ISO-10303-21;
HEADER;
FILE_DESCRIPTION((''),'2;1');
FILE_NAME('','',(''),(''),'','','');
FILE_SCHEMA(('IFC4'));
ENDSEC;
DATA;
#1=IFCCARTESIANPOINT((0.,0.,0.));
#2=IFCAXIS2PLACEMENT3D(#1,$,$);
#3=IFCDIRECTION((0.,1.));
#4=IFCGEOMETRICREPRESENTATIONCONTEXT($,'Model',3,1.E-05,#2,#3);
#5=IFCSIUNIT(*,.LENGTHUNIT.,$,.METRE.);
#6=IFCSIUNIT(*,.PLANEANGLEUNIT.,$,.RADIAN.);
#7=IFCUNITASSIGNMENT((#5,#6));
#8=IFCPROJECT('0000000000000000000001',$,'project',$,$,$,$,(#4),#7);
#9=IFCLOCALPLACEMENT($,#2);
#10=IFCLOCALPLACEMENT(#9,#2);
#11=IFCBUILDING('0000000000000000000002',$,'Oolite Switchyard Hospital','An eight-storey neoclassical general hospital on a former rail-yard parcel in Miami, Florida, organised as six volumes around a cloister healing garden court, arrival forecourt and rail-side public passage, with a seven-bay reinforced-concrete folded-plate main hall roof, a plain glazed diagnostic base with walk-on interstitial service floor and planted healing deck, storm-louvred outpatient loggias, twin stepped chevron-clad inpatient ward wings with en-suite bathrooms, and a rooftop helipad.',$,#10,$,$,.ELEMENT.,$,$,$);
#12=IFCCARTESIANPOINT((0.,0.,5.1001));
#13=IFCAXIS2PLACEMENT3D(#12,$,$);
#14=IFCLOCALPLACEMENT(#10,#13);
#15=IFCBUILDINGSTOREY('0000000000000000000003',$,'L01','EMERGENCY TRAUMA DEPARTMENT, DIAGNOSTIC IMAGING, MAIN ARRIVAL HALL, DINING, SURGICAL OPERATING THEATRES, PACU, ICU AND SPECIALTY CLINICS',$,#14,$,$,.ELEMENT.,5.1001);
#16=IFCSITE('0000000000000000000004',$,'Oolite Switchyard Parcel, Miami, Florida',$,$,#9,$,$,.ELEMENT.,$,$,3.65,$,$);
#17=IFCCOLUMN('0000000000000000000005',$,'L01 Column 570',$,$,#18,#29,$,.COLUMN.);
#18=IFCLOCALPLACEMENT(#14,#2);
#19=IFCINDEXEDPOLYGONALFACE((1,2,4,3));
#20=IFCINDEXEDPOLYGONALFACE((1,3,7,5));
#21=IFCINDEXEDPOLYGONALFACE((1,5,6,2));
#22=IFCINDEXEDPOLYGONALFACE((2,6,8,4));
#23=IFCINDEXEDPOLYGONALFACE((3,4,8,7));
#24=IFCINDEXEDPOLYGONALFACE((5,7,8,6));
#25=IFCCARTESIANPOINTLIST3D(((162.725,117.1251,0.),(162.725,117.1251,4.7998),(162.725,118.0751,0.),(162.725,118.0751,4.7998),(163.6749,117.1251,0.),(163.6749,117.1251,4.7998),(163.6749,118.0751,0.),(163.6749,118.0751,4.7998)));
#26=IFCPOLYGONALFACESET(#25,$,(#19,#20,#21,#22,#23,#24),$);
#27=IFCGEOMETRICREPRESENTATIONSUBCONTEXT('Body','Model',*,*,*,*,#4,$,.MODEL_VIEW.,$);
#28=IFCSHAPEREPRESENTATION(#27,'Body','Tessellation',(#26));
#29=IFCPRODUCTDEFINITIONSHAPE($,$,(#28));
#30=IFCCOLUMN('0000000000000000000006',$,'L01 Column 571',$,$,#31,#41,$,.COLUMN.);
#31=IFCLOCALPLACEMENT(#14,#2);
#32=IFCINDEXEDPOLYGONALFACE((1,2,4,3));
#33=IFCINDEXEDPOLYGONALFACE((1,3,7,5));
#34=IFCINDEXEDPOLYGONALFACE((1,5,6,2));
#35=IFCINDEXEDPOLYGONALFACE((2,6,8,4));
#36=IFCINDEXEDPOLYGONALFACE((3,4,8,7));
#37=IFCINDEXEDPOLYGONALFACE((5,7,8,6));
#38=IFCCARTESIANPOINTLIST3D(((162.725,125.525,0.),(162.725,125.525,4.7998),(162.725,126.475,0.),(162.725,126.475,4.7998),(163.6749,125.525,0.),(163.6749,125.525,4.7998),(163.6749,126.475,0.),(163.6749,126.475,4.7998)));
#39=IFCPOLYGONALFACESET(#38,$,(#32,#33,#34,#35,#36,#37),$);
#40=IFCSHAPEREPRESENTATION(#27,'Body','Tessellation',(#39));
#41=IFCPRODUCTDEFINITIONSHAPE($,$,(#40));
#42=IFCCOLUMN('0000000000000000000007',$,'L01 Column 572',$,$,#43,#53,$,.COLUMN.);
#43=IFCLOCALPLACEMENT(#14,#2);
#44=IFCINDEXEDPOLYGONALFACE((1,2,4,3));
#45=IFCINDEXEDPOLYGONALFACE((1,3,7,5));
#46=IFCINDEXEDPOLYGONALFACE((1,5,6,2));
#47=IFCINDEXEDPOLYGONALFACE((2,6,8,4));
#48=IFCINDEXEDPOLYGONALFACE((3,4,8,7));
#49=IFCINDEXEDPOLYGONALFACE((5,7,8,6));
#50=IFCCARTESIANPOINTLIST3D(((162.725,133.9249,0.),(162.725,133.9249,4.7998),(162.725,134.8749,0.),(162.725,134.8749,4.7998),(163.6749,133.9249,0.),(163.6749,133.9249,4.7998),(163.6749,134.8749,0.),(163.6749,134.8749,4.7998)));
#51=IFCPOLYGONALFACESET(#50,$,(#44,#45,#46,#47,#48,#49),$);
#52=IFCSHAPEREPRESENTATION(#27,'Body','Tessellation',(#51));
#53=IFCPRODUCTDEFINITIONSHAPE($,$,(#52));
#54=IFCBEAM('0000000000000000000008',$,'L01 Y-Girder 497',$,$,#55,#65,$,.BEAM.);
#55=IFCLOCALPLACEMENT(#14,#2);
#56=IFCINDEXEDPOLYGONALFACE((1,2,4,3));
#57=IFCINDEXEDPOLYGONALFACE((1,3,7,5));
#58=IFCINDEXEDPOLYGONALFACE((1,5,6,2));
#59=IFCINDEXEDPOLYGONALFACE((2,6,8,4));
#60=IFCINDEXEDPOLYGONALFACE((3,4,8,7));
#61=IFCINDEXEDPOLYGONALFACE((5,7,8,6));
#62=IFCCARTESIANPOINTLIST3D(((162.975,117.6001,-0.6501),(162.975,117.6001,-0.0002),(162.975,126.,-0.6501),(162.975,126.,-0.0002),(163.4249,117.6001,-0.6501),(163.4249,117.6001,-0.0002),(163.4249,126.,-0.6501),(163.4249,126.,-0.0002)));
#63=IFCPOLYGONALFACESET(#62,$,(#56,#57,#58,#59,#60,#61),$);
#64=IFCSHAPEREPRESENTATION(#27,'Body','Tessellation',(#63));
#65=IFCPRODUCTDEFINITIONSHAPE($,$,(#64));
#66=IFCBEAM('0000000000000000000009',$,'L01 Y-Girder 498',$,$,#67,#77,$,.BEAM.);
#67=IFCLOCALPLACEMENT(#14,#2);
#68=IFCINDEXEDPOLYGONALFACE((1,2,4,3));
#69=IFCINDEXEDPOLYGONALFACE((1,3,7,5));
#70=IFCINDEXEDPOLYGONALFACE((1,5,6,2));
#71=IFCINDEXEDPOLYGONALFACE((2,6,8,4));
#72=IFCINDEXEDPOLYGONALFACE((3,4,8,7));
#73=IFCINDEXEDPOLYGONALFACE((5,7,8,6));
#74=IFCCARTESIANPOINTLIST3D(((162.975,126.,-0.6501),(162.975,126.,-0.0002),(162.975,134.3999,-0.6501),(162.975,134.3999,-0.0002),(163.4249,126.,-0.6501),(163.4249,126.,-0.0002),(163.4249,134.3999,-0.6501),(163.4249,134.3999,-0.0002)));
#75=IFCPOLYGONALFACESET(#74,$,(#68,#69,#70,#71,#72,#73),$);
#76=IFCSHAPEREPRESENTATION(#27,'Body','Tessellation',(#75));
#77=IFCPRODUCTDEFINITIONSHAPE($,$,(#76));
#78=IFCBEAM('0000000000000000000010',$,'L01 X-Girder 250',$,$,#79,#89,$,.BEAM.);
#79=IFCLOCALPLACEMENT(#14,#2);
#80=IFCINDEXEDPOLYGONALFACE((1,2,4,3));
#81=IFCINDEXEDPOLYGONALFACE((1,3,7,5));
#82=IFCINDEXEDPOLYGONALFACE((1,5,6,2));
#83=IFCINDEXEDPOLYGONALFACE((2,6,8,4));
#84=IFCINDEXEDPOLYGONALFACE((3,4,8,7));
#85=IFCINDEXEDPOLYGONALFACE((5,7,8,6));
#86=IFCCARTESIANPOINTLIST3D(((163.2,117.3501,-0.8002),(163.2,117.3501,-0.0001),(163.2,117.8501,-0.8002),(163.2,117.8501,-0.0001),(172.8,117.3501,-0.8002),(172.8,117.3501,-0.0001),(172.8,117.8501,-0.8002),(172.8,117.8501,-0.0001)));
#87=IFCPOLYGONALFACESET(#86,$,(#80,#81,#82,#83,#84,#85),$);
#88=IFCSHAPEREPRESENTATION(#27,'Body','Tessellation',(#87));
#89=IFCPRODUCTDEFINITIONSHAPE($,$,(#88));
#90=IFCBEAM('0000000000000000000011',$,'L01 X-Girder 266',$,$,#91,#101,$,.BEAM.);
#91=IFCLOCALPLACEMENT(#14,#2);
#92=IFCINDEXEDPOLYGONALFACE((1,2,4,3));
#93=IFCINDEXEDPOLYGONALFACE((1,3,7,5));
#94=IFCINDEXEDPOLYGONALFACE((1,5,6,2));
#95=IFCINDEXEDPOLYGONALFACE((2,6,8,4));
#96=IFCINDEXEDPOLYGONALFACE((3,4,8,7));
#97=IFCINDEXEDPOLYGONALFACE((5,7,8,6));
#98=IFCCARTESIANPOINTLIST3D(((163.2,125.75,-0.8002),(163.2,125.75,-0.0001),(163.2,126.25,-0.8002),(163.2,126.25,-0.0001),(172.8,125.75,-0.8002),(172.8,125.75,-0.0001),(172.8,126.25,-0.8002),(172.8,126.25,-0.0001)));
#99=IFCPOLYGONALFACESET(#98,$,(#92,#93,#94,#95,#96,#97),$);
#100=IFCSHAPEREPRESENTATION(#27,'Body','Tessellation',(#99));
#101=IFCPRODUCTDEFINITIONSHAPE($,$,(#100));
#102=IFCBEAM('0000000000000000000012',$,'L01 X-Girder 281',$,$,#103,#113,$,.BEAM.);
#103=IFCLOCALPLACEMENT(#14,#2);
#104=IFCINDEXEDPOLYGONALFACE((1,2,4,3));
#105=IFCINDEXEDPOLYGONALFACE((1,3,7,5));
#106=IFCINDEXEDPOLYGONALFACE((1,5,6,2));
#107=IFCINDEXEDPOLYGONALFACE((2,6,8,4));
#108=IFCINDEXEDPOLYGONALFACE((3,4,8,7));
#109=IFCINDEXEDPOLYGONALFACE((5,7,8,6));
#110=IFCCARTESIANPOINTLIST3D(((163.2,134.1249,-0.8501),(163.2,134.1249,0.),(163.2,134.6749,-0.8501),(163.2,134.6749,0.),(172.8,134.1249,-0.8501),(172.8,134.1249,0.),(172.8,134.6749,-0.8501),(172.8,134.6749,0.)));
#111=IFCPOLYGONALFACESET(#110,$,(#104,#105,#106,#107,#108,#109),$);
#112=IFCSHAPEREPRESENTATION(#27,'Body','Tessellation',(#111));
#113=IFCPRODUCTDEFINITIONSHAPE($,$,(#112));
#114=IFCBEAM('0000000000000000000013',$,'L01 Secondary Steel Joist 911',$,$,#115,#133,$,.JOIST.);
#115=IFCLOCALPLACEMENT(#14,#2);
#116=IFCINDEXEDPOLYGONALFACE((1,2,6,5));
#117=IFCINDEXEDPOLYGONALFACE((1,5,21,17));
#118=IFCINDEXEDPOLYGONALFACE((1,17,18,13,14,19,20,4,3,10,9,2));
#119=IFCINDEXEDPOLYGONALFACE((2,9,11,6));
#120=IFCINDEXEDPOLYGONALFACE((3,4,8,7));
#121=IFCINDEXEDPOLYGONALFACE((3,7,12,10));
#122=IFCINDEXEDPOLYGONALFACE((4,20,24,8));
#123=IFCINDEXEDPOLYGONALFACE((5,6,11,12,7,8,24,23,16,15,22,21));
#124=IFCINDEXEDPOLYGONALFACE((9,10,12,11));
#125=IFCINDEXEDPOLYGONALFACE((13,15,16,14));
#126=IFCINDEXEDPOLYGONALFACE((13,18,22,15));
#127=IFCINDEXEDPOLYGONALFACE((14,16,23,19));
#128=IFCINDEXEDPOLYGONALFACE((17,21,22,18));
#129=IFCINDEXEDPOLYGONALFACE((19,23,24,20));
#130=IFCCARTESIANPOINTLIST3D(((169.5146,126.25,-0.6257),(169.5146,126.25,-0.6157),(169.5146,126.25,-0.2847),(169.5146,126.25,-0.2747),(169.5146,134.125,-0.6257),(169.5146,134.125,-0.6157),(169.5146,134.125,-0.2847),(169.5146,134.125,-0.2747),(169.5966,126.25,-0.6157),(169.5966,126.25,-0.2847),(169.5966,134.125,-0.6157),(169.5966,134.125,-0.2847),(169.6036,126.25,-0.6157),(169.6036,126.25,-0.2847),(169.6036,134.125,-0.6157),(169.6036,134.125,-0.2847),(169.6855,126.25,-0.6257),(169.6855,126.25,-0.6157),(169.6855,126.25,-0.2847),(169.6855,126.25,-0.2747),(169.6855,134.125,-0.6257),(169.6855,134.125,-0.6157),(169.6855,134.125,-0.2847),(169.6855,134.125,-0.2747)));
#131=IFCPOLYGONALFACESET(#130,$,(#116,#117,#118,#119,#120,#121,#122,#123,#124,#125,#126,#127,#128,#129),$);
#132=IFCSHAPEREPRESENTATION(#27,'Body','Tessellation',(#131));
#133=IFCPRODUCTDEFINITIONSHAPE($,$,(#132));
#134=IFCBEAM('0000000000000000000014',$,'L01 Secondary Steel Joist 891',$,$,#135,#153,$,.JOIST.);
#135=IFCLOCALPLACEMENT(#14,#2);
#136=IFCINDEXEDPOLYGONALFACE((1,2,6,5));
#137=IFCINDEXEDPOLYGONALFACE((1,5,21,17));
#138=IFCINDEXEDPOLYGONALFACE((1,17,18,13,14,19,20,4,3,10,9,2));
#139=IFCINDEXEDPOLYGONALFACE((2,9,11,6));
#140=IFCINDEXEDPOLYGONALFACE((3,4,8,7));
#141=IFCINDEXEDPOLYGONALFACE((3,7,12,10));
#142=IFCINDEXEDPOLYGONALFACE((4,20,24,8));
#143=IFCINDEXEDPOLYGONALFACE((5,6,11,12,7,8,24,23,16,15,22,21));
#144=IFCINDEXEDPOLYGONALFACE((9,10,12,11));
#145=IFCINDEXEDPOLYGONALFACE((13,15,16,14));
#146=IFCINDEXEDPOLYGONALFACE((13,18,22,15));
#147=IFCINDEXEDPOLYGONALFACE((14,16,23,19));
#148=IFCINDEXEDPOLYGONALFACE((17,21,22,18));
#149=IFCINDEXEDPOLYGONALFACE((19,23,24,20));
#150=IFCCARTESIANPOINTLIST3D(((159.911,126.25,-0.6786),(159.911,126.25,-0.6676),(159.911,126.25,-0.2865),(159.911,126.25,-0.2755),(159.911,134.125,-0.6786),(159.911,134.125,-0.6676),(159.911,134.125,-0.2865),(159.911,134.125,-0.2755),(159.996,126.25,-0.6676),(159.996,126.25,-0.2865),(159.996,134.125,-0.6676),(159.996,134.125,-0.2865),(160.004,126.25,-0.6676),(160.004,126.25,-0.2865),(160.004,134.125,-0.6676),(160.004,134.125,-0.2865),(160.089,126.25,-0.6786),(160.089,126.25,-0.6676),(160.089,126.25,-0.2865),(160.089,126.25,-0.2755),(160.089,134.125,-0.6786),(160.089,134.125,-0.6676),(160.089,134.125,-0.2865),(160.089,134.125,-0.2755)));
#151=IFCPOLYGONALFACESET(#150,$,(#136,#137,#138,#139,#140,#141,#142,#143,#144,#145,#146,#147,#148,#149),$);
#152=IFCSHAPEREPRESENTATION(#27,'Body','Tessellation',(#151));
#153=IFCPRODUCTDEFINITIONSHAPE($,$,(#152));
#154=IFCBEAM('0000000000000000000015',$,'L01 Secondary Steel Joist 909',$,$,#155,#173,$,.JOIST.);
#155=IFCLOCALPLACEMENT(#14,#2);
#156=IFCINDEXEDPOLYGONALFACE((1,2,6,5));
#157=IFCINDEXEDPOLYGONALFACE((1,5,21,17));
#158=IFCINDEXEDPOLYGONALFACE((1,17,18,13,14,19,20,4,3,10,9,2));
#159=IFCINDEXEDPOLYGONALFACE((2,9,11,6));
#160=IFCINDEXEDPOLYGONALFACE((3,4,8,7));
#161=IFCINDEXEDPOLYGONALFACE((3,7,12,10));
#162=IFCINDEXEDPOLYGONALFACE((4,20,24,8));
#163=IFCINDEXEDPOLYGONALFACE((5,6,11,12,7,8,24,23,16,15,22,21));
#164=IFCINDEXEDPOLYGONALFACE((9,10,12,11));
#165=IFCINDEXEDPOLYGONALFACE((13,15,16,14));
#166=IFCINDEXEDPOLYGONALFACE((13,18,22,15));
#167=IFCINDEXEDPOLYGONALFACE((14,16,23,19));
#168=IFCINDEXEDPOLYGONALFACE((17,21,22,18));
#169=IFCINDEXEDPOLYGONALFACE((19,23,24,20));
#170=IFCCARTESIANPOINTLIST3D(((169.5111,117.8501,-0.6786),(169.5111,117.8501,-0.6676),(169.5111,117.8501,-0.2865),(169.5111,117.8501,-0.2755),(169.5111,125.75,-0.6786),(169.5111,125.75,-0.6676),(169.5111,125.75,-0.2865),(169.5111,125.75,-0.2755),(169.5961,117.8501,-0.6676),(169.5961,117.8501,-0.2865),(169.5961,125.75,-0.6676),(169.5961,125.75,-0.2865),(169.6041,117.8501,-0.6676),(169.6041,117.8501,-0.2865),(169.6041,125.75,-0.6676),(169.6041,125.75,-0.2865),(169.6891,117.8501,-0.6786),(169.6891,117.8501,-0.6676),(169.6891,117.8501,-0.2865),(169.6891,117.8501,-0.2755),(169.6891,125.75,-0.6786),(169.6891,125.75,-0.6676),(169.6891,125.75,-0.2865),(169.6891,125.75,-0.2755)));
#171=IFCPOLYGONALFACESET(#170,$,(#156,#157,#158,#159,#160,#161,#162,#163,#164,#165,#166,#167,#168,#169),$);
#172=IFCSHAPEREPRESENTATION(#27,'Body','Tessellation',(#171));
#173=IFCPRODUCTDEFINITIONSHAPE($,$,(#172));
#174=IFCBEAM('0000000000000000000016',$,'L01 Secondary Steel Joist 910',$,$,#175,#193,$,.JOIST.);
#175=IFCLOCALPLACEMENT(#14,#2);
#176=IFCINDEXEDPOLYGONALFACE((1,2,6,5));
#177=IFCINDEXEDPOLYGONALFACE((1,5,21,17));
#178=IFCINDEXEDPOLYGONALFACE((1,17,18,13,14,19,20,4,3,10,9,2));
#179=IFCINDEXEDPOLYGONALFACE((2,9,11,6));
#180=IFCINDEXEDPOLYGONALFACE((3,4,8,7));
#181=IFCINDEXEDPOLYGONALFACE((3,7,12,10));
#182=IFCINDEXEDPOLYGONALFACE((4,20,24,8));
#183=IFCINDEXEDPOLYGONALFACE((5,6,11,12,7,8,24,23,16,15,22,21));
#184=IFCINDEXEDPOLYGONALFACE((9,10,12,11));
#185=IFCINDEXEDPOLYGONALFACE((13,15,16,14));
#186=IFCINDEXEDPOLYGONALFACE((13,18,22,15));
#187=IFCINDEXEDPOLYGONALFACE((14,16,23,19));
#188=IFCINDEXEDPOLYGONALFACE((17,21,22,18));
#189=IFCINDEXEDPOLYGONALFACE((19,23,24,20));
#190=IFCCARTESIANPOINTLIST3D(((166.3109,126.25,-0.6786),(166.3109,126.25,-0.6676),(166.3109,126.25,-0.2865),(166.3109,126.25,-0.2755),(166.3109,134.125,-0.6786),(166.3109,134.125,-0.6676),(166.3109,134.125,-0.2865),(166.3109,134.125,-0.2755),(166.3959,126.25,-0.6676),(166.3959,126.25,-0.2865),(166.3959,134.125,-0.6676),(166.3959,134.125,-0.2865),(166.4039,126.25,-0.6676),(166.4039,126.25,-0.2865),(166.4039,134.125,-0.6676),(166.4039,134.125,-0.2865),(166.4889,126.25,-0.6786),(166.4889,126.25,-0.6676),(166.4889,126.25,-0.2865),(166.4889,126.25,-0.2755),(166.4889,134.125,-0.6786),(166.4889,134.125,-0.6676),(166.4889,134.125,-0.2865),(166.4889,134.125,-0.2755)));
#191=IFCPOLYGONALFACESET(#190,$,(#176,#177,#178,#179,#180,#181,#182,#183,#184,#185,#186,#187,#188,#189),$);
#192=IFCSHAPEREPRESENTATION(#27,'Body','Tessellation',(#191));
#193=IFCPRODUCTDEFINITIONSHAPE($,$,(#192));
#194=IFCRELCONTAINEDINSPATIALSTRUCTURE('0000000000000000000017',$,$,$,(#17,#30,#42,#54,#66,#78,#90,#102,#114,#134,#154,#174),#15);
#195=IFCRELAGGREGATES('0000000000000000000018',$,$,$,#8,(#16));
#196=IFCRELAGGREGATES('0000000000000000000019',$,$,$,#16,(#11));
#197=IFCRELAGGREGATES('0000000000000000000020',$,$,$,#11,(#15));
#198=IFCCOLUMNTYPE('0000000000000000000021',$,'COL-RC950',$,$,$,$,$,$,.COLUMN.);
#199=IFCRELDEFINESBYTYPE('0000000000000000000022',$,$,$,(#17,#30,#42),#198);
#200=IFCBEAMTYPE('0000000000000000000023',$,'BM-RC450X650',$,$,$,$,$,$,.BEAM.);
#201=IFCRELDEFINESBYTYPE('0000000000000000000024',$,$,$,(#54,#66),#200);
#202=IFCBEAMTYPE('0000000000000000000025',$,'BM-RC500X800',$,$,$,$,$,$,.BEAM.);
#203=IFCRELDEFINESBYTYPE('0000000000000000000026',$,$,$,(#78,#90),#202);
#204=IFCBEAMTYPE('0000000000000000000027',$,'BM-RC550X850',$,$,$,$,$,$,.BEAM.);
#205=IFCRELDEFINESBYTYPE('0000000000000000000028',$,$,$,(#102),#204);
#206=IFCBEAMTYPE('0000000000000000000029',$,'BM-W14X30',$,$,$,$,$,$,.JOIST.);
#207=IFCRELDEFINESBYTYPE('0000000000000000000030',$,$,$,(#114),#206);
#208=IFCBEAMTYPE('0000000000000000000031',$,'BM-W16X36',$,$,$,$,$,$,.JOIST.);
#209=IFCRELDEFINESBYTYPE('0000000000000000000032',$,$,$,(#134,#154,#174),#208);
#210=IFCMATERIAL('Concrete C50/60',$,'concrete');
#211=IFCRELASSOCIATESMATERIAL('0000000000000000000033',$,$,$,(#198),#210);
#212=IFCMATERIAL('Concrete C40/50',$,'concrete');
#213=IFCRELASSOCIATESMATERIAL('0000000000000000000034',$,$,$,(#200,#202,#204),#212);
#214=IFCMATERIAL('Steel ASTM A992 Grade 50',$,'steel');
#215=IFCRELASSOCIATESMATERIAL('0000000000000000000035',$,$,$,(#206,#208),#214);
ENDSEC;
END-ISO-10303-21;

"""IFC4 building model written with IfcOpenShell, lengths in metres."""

from ifc_helpers import new_model, si_unit, direction, frame, origin, origin_2d, place, context, subcontext, project, spatial, rectangle, i_section, extrude, material, material_profile, profile_set, type_object, element, save


model = new_model("IFC4")

# Units and contexts
model_context = context("Model", 3, precision=1e-05, world=origin(), true_north=direction((0.0, 1.0)))
body_context = subcontext(model_context, "Body", "Model", "MODEL_VIEW")
ifc_project = project(units=[si_unit("LENGTHUNIT", "METRE"), si_unit("PLANEANGLEUNIT", "RADIAN")], contexts=[model_context])

# Site, building, storey
site_placement = place(None, origin())
site = spatial("IfcSite", under=ifc_project, at=site_placement, Name="Oolite Switchyard Parcel, Miami, Florida", CompositionType="ELEMENT", RefElevation=3.65)
building_placement = place(site_placement, origin())
building = spatial("IfcBuilding", under=site, at=building_placement, Name="Oolite Switchyard Hospital", Description="An eight-storey neoclassical general hospital on a former rail-yard parcel in Miami, Florida, organised as six volumes around a cloister healing garden court, arrival forecourt and rail-side public passage, with a seven-bay reinforced-concrete folded-plate main hall roof, a plain glazed diagnostic base with walk-on interstitial service floor and planted healing deck, storm-louvred outpatient loggias, twin stepped chevron-clad inpatient ward wings with en-suite bathrooms, and a rooftop helipad.", CompositionType="ELEMENT")
storey_placement = place(building_placement, frame((0.0, 0.0, 5.1001)))
storey = spatial("IfcBuildingStorey", under=building, at=storey_placement, Name="L01", Description="EMERGENCY TRAUMA DEPARTMENT, DIAGNOSTIC IMAGING, MAIN ARRIVAL HALL, DINING, SURGICAL OPERATING THEATRES, PACU, ICU AND SPECIALTY CLINICS", CompositionType="ELEMENT", Elevation=5.1001)

# Columns
ifc_material_1 = material(Name="Concrete C50/60", Category="concrete")
ifc_material_profile_1 = material_profile(ifc_material_1, rectangle(XDim=0.95, YDim=0.95, at=origin_2d()), Name="RC950X950")
ifc_profile_set_1 = profile_set([ifc_material_profile_1], Name="Concrete C50/60")
column_type = type_object("IfcColumnType", Name="COL-RC950", PredefinedType="COLUMN", material=ifc_profile_set_1)
for number, where, z_axis, x_axis, name in (
    (1, (163.2, 117.6001, 0.0), (0.0, 0.0, 1.0), (1.0, 0.0, 0.0), "L01 Column 570"),
    (2, (163.2, 126.0, 0.0), (0.0, 0.0, 1.0), (1.0, 0.0, 0.0), "L01 Column 571"),
    (3, (163.2, 134.3999, 0.0), (0.0, 0.0, 1.0), (1.0, 0.0, 0.0), "L01 Column 572"),
):
    element("IfcColumn", number, at=place(storey_placement, frame(where, z_axis=z_axis, x_axis=x_axis)), inside=storey, type_object=column_type, Name=name, PredefinedType="COLUMN", context=body_context, shape_type="SweptSolid", body=[
        extrude(rectangle(XDim=0.95, YDim=0.95, at=origin_2d()), origin(), (0.0, 0.0, 1.0), 4.7998),
    ])

# Beams
ifc_material_2 = material(Name="Concrete C40/50", Category="concrete")
ifc_material_profile_2 = material_profile(ifc_material_2, rectangle(XDim=0.45, YDim=0.6499, at=origin_2d()), Name="RCB450X650")
ifc_profile_set_2 = profile_set([ifc_material_profile_2], Name="Concrete C40/50")
beam_type_1 = type_object("IfcBeamType", Name="BM-RC450X650", PredefinedType="BEAM", material=ifc_profile_set_2)
for number, where, z_axis, x_axis, name in (
    (4, (163.2, 117.6001, -0.3252), (0.0, 1.0, 0.0), (-1.0, 0.0, 0.0), "L01 Y-Girder 497"),
    (5, (163.2, 126.0, -0.3252), (0.0, 1.0, 0.0), (-1.0, 0.0, 0.0), "L01 Y-Girder 498"),
):
    element("IfcBeam", number, at=place(storey_placement, frame(where, z_axis=z_axis, x_axis=x_axis)), inside=storey, type_object=beam_type_1, Name=name, PredefinedType="BEAM", context=body_context, shape_type="SweptSolid", body=[
        extrude(rectangle(XDim=0.45, YDim=0.6499, at=origin_2d()), origin(), (0.0, 0.0, 1.0), 8.3999),
    ])
ifc_material_profile_3 = material_profile(ifc_material_2, rectangle(XDim=0.5, YDim=0.8, at=origin_2d()), Name="RCB500X800")
ifc_profile_set_3 = profile_set([ifc_material_profile_3], Name="Concrete C40/50")
beam_type_2 = type_object("IfcBeamType", Name="BM-RC500X800", PredefinedType="BEAM", material=ifc_profile_set_3)
for number, where, z_axis, x_axis, name in (
    (6, (163.2, 117.6001, -0.4001), (1.0, 0.0, 0.0), (0.0, 1.0, 0.0), "L01 X-Girder 250"),
    (7, (163.2, 126.0, -0.4001), (1.0, 0.0, 0.0), (0.0, 1.0, 0.0), "L01 X-Girder 266"),
):
    element("IfcBeam", number, at=place(storey_placement, frame(where, z_axis=z_axis, x_axis=x_axis)), inside=storey, type_object=beam_type_2, Name=name, PredefinedType="BEAM", context=body_context, shape_type="SweptSolid", body=[
        extrude(rectangle(XDim=0.5, YDim=0.8, at=origin_2d()), origin(), (0.0, 0.0, 1.0), 9.6001),
    ])
ifc_material_profile_4 = material_profile(ifc_material_2, rectangle(XDim=0.55, YDim=0.8501, at=origin_2d()), Name="RCB550X850")
ifc_profile_set_4 = profile_set([ifc_material_profile_4], Name="Concrete C40/50")
beam_type_3 = type_object("IfcBeamType", Name="BM-RC550X850", PredefinedType="BEAM", material=ifc_profile_set_4)
beam_1_placement = place(storey_placement, frame((163.2, 134.3999, -0.425), z_axis=(1.0, 0.0, 0.0), x_axis=(0.0, 1.0, 0.0)))
element("IfcBeam", 8, at=beam_1_placement, inside=storey, type_object=beam_type_3, Name="L01 X-Girder 281", PredefinedType="BEAM", context=body_context, shape_type="SweptSolid", body=[
    extrude(rectangle(XDim=0.55, YDim=0.8501, at=origin_2d()), origin(), (0.0, 0.0, 1.0), 9.6001),
])
ifc_material_3 = material(Name="Steel ASTM A992 Grade 50", Category="steel")
ifc_material_profile_5 = material_profile(ifc_material_3, i_section(OverallWidth=0.1709, OverallDepth=0.3511, WebThickness=0.0071, FlangeThickness=0.01, at=origin_2d()), Name="W14X30")
ifc_profile_set_5 = profile_set([ifc_material_profile_5], Name="Steel ASTM A992 Grade 50")
beam_type_4 = type_object("IfcBeamType", Name="BM-W14X30", PredefinedType="JOIST", material=ifc_profile_set_5)
beam_2_placement = place(storey_placement, frame((169.6001, 126.25, -0.4502), z_axis=(0.0, 1.0, 0.0), x_axis=(-1.0, 0.0, 0.0)))
element("IfcBeam", 9, at=beam_2_placement, inside=storey, type_object=beam_type_4, Name="L01 Secondary Steel Joist 911", PredefinedType="JOIST", context=body_context, shape_type="SweptSolid", body=[
    extrude(i_section(OverallWidth=0.1709, OverallDepth=0.3511, WebThickness=0.0071, FlangeThickness=0.01, at=origin_2d()), origin(), (0.0, 0.0, 1.0), 7.875),
])
ifc_material_profile_6 = material_profile(ifc_material_3, i_section(OverallWidth=0.178, OverallDepth=0.4031, WebThickness=0.0081, FlangeThickness=0.011, at=origin_2d()), Name="W16X36")
ifc_profile_set_6 = profile_set([ifc_material_profile_6], Name="Steel ASTM A992 Grade 50")
beam_type_5 = type_object("IfcBeamType", Name="BM-W16X36", PredefinedType="JOIST", material=ifc_profile_set_6)
beam_3_placement = place(storey_placement, frame((160.0, 126.25, -0.4771), z_axis=(0.0, 1.0, 0.0), x_axis=(-1.0, 0.0, 0.0)))
element("IfcBeam", 10, at=beam_3_placement, inside=storey, type_object=beam_type_5, Name="L01 Secondary Steel Joist 891", PredefinedType="JOIST", context=body_context, shape_type="SweptSolid", body=[
    extrude(i_section(OverallWidth=0.178, OverallDepth=0.4031, WebThickness=0.0081, FlangeThickness=0.011, at=origin_2d()), origin(), (0.0, 0.0, 1.0), 7.875),
])
beam_4_placement = place(storey_placement, frame((169.6001, 117.8501, -0.4771), z_axis=(0.0, 1.0, 0.0), x_axis=(-1.0, 0.0, 0.0)))
element("IfcBeam", 11, at=beam_4_placement, inside=storey, type_object=beam_type_5, Name="L01 Secondary Steel Joist 909", PredefinedType="JOIST", context=body_context, shape_type="SweptSolid", body=[
    extrude(i_section(OverallWidth=0.178, OverallDepth=0.4031, WebThickness=0.0081, FlangeThickness=0.011, at=origin_2d()), origin(), (0.0, 0.0, 1.0), 7.8999),
])
beam_5_placement = place(storey_placement, frame((166.3999, 126.25, -0.4771), z_axis=(0.0, 1.0, 0.0), x_axis=(-1.0, 0.0, 0.0)))
element("IfcBeam", 12, at=beam_5_placement, inside=storey, type_object=beam_type_5, Name="L01 Secondary Steel Joist 910", PredefinedType="JOIST", context=body_context, shape_type="SweptSolid", body=[
    extrude(i_section(OverallWidth=0.178, OverallDepth=0.4031, WebThickness=0.0081, FlangeThickness=0.011, at=origin_2d()), origin(), (0.0, 0.0, 1.0), 7.875),
])

save(model, "model.ifc")
